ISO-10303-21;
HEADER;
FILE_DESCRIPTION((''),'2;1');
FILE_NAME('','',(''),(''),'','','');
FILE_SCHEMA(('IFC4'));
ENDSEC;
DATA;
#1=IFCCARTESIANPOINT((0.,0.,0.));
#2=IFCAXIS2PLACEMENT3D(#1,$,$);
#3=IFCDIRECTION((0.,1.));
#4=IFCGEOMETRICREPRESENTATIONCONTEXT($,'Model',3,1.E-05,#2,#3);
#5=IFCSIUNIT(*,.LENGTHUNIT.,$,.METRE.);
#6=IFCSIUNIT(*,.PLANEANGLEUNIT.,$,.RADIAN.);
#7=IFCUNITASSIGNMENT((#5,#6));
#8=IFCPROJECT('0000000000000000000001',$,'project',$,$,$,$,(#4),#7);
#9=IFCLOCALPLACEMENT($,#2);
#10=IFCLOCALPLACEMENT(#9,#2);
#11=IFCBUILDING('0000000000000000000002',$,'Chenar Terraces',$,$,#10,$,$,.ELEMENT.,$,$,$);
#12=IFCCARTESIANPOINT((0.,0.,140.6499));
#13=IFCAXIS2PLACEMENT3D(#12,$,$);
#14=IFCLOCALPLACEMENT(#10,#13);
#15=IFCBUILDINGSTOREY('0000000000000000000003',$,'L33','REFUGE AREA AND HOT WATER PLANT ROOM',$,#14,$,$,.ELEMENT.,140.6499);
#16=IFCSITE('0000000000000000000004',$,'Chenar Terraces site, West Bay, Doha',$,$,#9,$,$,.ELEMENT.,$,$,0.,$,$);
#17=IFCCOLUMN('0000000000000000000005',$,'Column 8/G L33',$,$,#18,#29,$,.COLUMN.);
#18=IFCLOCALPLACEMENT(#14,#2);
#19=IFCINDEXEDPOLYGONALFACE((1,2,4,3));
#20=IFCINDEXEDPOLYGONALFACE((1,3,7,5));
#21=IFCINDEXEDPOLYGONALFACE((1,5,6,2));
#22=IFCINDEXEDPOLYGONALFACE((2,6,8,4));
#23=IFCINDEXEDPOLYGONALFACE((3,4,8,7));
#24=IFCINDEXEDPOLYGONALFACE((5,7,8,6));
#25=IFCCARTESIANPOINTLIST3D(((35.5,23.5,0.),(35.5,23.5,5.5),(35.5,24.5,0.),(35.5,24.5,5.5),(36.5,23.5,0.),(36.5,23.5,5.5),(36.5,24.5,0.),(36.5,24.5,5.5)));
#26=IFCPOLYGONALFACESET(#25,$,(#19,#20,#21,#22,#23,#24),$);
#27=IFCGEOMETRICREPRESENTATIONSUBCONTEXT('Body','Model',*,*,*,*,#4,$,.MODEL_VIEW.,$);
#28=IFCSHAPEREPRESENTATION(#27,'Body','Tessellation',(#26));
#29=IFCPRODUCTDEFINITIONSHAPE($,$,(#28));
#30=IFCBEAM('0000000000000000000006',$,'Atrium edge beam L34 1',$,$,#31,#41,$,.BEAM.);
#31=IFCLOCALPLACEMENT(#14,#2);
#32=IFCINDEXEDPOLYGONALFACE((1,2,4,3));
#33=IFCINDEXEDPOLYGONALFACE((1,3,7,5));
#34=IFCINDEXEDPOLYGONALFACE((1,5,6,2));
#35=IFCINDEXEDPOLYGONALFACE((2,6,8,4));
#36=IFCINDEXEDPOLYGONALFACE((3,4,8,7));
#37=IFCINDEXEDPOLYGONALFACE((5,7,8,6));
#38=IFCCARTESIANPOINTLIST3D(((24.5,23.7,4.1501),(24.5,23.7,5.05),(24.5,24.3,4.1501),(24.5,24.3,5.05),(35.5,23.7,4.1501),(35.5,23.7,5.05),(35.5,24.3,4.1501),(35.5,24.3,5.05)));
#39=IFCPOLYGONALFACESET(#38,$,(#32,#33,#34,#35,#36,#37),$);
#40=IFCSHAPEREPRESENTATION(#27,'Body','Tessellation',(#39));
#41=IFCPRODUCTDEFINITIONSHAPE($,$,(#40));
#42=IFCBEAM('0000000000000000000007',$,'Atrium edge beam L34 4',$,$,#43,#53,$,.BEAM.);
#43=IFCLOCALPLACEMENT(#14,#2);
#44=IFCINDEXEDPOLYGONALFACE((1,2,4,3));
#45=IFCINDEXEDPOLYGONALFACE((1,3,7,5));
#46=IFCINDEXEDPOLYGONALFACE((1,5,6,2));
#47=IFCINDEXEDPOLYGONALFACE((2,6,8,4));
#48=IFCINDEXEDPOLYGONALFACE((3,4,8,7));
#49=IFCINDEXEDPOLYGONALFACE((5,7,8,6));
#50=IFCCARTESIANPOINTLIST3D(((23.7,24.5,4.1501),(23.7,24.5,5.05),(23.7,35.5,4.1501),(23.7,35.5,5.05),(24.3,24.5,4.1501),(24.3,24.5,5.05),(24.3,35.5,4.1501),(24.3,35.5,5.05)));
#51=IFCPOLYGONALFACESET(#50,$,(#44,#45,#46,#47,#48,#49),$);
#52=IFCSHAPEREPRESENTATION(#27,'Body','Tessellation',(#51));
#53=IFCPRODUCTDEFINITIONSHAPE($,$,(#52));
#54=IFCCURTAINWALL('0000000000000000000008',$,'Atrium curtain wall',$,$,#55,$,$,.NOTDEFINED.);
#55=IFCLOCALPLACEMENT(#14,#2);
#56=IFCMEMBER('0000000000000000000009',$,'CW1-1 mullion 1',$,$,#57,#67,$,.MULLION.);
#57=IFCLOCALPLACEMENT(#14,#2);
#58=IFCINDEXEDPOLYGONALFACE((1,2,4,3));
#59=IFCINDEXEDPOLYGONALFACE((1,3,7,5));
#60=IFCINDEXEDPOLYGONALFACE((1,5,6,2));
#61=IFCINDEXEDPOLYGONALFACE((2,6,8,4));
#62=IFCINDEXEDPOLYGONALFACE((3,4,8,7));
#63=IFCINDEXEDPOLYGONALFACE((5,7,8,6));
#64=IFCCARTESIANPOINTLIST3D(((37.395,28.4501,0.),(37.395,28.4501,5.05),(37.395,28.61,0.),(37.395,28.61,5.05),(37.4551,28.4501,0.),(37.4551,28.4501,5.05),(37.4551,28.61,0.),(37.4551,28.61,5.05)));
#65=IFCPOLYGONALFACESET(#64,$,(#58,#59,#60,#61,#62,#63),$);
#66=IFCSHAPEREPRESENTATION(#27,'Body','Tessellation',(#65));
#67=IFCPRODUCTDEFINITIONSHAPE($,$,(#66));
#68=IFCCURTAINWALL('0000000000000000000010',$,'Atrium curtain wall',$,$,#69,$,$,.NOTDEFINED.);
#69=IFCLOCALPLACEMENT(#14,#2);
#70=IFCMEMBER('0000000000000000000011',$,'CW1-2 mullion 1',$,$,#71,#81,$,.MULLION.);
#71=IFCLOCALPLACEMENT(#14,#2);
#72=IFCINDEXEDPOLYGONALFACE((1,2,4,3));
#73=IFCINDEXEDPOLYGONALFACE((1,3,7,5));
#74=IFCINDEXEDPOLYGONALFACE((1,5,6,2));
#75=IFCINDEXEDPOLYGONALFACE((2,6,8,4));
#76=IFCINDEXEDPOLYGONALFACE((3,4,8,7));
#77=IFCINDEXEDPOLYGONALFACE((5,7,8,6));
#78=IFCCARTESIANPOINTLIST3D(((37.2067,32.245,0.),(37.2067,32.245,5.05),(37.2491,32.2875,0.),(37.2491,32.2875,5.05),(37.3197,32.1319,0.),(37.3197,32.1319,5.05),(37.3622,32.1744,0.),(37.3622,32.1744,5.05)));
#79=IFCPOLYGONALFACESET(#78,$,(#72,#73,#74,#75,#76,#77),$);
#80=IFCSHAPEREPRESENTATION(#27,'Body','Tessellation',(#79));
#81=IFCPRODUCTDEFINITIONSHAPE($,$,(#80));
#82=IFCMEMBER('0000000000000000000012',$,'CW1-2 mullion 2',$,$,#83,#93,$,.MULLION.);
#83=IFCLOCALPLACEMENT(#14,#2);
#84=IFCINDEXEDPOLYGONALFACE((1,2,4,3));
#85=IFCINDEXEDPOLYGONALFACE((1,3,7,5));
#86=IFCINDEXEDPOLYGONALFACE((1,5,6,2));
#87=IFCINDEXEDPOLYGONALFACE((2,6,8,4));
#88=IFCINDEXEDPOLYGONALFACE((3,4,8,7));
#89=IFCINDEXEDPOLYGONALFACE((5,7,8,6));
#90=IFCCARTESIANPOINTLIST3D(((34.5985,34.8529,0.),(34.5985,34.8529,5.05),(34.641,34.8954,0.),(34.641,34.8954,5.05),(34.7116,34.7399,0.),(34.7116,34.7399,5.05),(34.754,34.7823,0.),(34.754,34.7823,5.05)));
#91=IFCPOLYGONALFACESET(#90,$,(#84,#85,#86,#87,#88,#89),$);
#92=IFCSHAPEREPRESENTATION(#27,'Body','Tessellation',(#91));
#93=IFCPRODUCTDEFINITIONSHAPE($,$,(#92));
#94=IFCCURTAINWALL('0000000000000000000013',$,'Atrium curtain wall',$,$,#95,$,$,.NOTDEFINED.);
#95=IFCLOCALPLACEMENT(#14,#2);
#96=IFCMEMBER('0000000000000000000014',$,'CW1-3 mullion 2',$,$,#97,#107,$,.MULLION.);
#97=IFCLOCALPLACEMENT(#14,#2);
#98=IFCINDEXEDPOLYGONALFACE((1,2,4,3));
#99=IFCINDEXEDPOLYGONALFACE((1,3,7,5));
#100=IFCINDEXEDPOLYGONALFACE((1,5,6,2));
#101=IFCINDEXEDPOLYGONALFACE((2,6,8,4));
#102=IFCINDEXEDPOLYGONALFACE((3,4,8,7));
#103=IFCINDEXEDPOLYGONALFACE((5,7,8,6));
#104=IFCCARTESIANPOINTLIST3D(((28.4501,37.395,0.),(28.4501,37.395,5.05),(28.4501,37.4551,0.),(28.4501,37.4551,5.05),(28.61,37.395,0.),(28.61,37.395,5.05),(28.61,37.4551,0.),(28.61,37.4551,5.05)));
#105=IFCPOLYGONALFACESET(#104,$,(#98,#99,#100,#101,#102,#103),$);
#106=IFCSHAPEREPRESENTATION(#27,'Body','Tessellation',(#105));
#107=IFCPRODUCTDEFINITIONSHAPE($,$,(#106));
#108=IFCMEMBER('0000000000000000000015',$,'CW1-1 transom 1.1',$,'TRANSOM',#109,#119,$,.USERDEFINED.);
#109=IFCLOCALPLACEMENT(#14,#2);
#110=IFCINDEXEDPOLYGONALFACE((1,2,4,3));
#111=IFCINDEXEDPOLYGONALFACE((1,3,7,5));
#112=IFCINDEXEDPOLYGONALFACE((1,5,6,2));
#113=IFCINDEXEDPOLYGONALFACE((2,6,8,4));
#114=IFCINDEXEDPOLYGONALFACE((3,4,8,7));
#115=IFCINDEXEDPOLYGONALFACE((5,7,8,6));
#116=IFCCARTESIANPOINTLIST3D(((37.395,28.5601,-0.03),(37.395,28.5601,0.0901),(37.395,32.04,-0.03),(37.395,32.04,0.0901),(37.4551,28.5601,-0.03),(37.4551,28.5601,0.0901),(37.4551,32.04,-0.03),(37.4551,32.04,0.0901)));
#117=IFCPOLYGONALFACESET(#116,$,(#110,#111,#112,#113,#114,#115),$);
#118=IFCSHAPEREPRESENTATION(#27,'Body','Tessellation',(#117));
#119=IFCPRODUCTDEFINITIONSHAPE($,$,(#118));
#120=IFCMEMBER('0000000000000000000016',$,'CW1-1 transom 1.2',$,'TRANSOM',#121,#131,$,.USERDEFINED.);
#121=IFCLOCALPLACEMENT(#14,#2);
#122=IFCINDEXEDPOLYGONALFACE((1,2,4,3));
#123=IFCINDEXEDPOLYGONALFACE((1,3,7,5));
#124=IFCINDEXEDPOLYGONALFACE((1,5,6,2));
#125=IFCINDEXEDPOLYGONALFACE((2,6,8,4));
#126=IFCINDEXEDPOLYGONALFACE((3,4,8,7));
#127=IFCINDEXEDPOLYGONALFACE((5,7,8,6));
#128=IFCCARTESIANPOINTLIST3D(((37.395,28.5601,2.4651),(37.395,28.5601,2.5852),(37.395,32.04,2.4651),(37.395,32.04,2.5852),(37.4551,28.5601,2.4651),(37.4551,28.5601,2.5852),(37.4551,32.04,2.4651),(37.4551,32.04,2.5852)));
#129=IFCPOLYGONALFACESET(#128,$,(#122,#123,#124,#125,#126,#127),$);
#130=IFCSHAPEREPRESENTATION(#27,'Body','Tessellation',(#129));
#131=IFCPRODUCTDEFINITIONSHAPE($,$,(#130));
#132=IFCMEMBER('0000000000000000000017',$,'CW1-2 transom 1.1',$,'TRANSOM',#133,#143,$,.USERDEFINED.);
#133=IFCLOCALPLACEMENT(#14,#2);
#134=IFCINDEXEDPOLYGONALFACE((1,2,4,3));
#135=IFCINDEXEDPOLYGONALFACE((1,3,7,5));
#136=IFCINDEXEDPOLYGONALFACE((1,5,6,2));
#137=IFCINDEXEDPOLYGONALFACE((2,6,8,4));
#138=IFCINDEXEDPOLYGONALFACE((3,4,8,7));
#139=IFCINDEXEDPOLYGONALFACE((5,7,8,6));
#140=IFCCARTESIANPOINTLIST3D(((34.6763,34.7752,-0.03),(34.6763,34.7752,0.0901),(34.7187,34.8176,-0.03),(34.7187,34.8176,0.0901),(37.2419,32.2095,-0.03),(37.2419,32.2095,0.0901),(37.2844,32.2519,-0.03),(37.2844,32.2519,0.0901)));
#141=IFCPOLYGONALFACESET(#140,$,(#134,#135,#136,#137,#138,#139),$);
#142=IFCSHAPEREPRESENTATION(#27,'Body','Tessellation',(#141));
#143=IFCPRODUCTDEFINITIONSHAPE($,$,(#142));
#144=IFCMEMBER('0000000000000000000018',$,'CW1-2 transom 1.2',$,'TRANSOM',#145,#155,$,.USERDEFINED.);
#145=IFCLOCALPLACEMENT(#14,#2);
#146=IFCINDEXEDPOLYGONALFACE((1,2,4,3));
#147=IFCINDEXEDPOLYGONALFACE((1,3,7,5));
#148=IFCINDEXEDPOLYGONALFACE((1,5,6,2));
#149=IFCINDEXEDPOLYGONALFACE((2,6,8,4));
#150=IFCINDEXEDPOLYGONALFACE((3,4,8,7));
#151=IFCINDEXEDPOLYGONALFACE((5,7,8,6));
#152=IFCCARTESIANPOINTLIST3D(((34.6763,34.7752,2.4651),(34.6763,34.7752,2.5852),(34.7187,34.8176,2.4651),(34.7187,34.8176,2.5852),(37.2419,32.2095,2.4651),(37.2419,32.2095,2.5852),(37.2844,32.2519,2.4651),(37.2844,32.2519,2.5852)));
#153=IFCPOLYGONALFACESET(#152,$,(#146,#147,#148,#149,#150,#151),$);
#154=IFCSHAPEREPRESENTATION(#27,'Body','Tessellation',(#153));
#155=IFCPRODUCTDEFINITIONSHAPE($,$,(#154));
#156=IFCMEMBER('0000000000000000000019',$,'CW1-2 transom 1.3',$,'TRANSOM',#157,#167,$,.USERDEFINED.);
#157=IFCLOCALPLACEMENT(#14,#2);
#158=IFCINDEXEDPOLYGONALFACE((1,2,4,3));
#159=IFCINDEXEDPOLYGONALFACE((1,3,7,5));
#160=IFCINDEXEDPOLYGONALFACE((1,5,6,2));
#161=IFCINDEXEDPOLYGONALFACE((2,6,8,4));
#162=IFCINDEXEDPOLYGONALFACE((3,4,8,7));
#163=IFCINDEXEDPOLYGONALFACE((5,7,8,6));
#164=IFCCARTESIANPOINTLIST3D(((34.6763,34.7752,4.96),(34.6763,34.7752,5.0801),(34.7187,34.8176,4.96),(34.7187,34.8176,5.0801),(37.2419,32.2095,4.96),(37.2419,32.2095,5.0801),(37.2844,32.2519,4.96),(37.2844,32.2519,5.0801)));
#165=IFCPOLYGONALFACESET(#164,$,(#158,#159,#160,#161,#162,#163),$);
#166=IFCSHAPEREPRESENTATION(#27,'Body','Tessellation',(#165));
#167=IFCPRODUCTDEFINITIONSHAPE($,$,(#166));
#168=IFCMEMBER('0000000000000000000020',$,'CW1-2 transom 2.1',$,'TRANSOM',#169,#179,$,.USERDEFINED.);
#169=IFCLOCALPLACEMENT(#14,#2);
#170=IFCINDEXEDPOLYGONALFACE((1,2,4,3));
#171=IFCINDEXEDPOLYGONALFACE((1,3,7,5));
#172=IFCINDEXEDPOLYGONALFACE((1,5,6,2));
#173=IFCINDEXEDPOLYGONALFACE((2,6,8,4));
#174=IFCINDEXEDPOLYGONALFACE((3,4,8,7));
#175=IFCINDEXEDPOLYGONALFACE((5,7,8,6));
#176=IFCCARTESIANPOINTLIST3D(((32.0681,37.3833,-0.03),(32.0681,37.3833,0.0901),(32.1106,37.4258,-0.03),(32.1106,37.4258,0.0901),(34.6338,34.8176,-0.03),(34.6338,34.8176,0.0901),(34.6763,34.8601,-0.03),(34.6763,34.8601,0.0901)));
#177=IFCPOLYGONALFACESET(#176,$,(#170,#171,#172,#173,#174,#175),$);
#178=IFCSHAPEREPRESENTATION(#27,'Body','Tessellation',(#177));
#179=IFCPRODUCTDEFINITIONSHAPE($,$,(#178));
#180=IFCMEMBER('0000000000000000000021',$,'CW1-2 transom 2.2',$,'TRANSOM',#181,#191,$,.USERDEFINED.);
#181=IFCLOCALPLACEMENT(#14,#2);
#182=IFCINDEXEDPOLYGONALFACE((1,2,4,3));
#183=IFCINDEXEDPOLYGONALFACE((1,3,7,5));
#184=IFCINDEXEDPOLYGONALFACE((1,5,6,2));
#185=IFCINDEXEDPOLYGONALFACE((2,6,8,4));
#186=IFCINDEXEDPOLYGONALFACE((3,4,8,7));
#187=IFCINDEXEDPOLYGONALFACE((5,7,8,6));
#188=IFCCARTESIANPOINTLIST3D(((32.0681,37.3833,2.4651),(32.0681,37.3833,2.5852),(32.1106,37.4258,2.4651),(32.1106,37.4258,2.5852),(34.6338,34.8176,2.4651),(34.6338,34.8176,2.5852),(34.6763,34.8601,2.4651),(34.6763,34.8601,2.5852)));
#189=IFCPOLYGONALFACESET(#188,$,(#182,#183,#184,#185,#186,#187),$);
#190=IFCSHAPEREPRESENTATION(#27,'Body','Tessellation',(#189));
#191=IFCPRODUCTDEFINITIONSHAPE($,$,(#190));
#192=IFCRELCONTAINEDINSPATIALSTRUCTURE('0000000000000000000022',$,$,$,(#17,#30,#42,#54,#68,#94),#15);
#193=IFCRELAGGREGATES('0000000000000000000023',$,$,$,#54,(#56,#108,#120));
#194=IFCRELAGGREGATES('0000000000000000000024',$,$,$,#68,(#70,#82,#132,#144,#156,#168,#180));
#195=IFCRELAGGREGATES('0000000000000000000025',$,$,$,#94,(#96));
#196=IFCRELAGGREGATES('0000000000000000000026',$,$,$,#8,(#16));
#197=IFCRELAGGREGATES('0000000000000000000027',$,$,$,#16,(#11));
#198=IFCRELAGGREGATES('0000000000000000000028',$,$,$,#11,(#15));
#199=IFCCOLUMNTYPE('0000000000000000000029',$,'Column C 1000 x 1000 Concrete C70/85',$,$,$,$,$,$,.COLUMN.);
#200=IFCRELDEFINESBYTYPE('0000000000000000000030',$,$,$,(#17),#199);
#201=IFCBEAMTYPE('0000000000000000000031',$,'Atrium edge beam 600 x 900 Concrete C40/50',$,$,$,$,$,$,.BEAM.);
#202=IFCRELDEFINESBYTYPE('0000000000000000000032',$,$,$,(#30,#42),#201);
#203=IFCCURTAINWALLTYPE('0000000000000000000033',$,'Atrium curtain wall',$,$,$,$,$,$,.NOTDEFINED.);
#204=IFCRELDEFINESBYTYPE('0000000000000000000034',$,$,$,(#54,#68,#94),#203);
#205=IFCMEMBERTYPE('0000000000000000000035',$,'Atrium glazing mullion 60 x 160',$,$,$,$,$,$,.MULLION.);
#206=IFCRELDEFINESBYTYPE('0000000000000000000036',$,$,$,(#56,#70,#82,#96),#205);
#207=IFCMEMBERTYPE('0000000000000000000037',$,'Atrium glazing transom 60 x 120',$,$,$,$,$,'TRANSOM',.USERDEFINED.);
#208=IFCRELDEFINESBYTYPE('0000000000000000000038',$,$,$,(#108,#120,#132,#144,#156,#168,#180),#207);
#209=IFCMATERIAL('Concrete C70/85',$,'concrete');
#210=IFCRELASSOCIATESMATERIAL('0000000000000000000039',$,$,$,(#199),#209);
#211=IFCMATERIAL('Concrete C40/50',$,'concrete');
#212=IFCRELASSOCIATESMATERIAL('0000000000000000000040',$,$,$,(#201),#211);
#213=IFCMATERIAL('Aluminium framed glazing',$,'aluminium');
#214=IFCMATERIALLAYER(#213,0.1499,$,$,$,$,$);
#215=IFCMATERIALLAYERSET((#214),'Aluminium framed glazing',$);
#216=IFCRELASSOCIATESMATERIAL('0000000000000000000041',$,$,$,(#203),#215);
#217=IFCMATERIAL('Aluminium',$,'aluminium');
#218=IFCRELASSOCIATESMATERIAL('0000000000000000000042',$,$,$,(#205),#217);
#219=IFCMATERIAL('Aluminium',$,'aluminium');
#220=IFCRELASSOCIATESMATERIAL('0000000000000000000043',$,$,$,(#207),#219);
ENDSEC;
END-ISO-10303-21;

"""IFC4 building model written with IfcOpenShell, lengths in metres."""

from ifc_helpers import new_model, si_unit, direction, frame, origin, origin_2d, place, context, subcontext, project, spatial, rectangle, extrude, material, layer, layer_set, material_profile, profile_set, type_object, element, aggregate, save


model = new_model("IFC4")

# Units and contexts
model_context = context("Model", 3, precision=1e-05, world=origin(), true_north=direction((0.0, 1.0)))
body_context = subcontext(model_context, "Body", "Model", "MODEL_VIEW")
ifc_project = project(units=[si_unit("LENGTHUNIT", "METRE"), si_unit("PLANEANGLEUNIT", "RADIAN")], contexts=[model_context])

# Site, building, storey
site_placement = place(None, origin())
site = spatial("IfcSite", under=ifc_project, at=site_placement, Name="Chenar Terraces site, West Bay, Doha", CompositionType="ELEMENT", RefElevation=0.0)
building_placement = place(site_placement, origin())
building = spatial("IfcBuilding", under=site, at=building_placement, Name="Chenar Terraces", CompositionType="ELEMENT")
storey_placement = place(building_placement, frame((0.0, 0.0, 140.6499)))
storey = spatial("IfcBuildingStorey", under=building, at=storey_placement, Name="L33", Description="REFUGE AREA AND HOT WATER PLANT ROOM", CompositionType="ELEMENT", Elevation=140.6499)

# Column
ifc_material_1 = material(Name="Concrete C70/85", Category="concrete")
ifc_material_profile_1 = material_profile(ifc_material_1, rectangle(XDim=1.0, YDim=1.0, at=origin_2d()), Name="C 1000 x 1000")
ifc_profile_set_1 = profile_set([ifc_material_profile_1], Name="Concrete C70/85")
column_type = type_object("IfcColumnType", Name="Column C 1000 x 1000 Concrete C70/85", PredefinedType="COLUMN", material=ifc_profile_set_1)
column_placement = place(storey_placement, frame((36.0, 24.0, 0.0), z_axis=(0.0, 0.0, 1.0), x_axis=(1.0, 0.0, 0.0)))
element("IfcColumn", 1, at=column_placement, inside=storey, type_object=column_type, Name="Column 8/G L33", PredefinedType="COLUMN", context=body_context, shape_type="SweptSolid", body=[
    extrude(rectangle(XDim=1.0, YDim=1.0, at=origin_2d()), origin(), (0.0, 0.0, 1.0), 5.5),
])

# Beams
ifc_material_2 = material(Name="Concrete C40/50", Category="concrete")
ifc_material_profile_2 = material_profile(ifc_material_2, rectangle(XDim=0.6001, YDim=0.8999, at=origin_2d()), Name="RC 600 x 900")
ifc_profile_set_2 = profile_set([ifc_material_profile_2], Name="Concrete C40/50")
beam_type = type_object("IfcBeamType", Name="Atrium edge beam 600 x 900 Concrete C40/50", PredefinedType="BEAM", material=ifc_profile_set_2)
for number, where, z_axis, x_axis, name in (
    (2, (24.5, 24.0, 4.6001), (1.0, 0.0, 0.0), (0.0, 1.0, 0.0), "Atrium edge beam L34 1"),
    (3, (24.0, 35.5, 4.6001), (0.0, -1.0, 0.0), (1.0, 0.0, 0.0), "Atrium edge beam L34 4"),
):
    element("IfcBeam", number, at=place(storey_placement, frame(where, z_axis=z_axis, x_axis=x_axis)), inside=storey, type_object=beam_type, Name=name, PredefinedType="BEAM", context=body_context, shape_type="SweptSolid", body=[
        extrude(rectangle(XDim=0.6001, YDim=0.8999, at=origin_2d()), origin(), (0.0, 0.0, 1.0), 11.0),
    ])

# Curtain wall, member
ifc_material_3 = material(Name="Aluminium framed glazing", Category="aluminium")
ifc_layer_1 = layer(ifc_material_3, 0.1499)
ifc_layer_set_1 = layer_set([ifc_layer_1], Name="Aluminium framed glazing")
curtain_wall_type = type_object("IfcCurtainWallType", Name="Atrium curtain wall", PredefinedType="NOTDEFINED", material=ifc_layer_set_1)
placement = place(storey_placement, origin())
curtain_wall_1 = element("IfcCurtainWall", 4, at=placement, inside=storey, type_object=curtain_wall_type, Name="Atrium curtain wall", PredefinedType="NOTDEFINED")
ifc_material_4 = material(Name="Aluminium", Category="aluminium")
ifc_material_profile_3 = material_profile(ifc_material_4, rectangle(XDim=0.0601, YDim=0.1599, at=origin_2d()), Name="Atrium glazing mullion 60 x 160")
ifc_profile_set_3 = profile_set([ifc_material_profile_3], Name="Aluminium")
member_type_1 = type_object("IfcMemberType", Name="Atrium glazing mullion 60 x 160", PredefinedType="MULLION", material=ifc_profile_set_3)
member_1_placement = place(storey_placement, frame((37.425, 28.53, 0.0), z_axis=(0.0, 0.0, 1.0), x_axis=(-1.0, 0.0, 0.0)))
member_1 = element("IfcMember", 5, at=member_1_placement, type_object=member_type_1, Name="CW1-1 mullion 1", PredefinedType="MULLION", context=body_context, shape_type="SweptSolid", body=[
    extrude(rectangle(XDim=0.0601, YDim=0.1599, at=origin_2d()), origin(), (0.0, 0.0, 1.0), 5.05),
])

# Curtain wall, members
curtain_wall_2 = element("IfcCurtainWall", 6, at=placement, inside=storey, type_object=curtain_wall_type, Name="Atrium curtain wall", PredefinedType="NOTDEFINED")
member_2_placement = place(storey_placement, frame((37.2844, 32.2097, 0.0), z_axis=(0.0, 0.0, 1.0), x_axis=(-0.707107, -0.707107, 0.0)))
member_2 = element("IfcMember", 7, at=member_2_placement, type_object=member_type_1, Name="CW1-2 mullion 1", PredefinedType="MULLION", context=body_context, shape_type="SweptSolid", body=[
    extrude(rectangle(XDim=0.0601, YDim=0.1599, at=origin_2d()), origin(), (0.0, 0.0, 1.0), 5.05),
])
member_3_placement = place(storey_placement, frame((34.6763, 34.8176, 0.0), z_axis=(0.0, 0.0, 1.0), x_axis=(-0.707107, -0.707107, 0.0)))
member_3 = element("IfcMember", 8, at=member_3_placement, type_object=member_type_1, Name="CW1-2 mullion 2", PredefinedType="MULLION", context=body_context, shape_type="SweptSolid", body=[
    extrude(rectangle(XDim=0.0601, YDim=0.1599, at=origin_2d()), origin(), (0.0, 0.0, 1.0), 5.05),
])

# Curtain wall, member
curtain_wall_3 = element("IfcCurtainWall", 9, at=placement, inside=storey, type_object=curtain_wall_type, Name="Atrium curtain wall", PredefinedType="NOTDEFINED")
member_4_placement = place(storey_placement, frame((28.53, 37.425, 0.0), z_axis=(0.0, 0.0, 1.0), x_axis=(0.0, -1.0, 0.0)))
member_4 = element("IfcMember", 10, at=member_4_placement, type_object=member_type_1, Name="CW1-3 mullion 2", PredefinedType="MULLION", context=body_context, shape_type="SweptSolid", body=[
    extrude(rectangle(XDim=0.0601, YDim=0.1599, at=origin_2d()), origin(), (0.0, 0.0, 1.0), 5.05),
])

# Members
ifc_material_5 = material(Name="Aluminium", Category="aluminium")
ifc_material_profile_4 = material_profile(ifc_material_5, rectangle(XDim=0.0601, YDim=0.1201, at=origin_2d()), Name="Atrium glazing transom 60 x 120")
ifc_profile_set_4 = profile_set([ifc_material_profile_4], Name="Aluminium")
member_type_2 = type_object("IfcMemberType", Name="Atrium glazing transom 60 x 120", ElementType="TRANSOM", PredefinedType="USERDEFINED", material=ifc_profile_set_4)
member_5_placement = place(storey_placement, frame((37.425, 28.5601, 0.03), z_axis=(0.0, 1.0, 0.0), x_axis=(-1.0, 0.0, 0.0)))
member_5 = element("IfcMember", 11, at=member_5_placement, type_object=member_type_2, Name="CW1-1 transom 1.1", ObjectType="TRANSOM", PredefinedType="USERDEFINED", context=body_context, shape_type="SweptSolid", body=[
    extrude(rectangle(XDim=0.0601, YDim=0.1201, at=origin_2d()), origin(), (0.0, 0.0, 1.0), 3.48),
])
member_6_placement = place(storey_placement, frame((37.425, 28.5601, 2.5251), z_axis=(0.0, 1.0, 0.0), x_axis=(-1.0, 0.0, 0.0)))
member_6 = element("IfcMember", 12, at=member_6_placement, type_object=member_type_2, Name="CW1-1 transom 1.2", ObjectType="TRANSOM", PredefinedType="USERDEFINED", context=body_context, shape_type="SweptSolid", body=[
    extrude(rectangle(XDim=0.0601, YDim=0.1201, at=origin_2d()), origin(), (0.0, 0.0, 1.0), 3.48),
])
aggregate(curtain_wall_1, [member_1, member_5, member_6])
member_7_placement = place(storey_placement, frame((37.2632, 32.2307, 0.03), z_axis=(-0.707107, 0.707107, 0.0), x_axis=(-0.707107, -0.707107, 0.0)))
member_7 = element("IfcMember", 13, at=member_7_placement, type_object=member_type_2, Name="CW1-2 transom 1.1", ObjectType="TRANSOM", PredefinedType="USERDEFINED", context=body_context, shape_type="SweptSolid", body=[
    extrude(rectangle(XDim=0.0601, YDim=0.1201, at=origin_2d()), origin(), (0.0, 0.0, 1.0), 3.6284),
])
member_8_placement = place(storey_placement, frame((37.2632, 32.2307, 2.5251), z_axis=(-0.707107, 0.707107, 0.0), x_axis=(-0.707107, -0.707107, 0.0)))
member_8 = element("IfcMember", 14, at=member_8_placement, type_object=member_type_2, Name="CW1-2 transom 1.2", ObjectType="TRANSOM", PredefinedType="USERDEFINED", context=body_context, shape_type="SweptSolid", body=[
    extrude(rectangle(XDim=0.0601, YDim=0.1201, at=origin_2d()), origin(), (0.0, 0.0, 1.0), 3.6284),
])
member_9_placement = place(storey_placement, frame((37.2632, 32.2307, 5.02), z_axis=(-0.707107, 0.707107, 0.0), x_axis=(-0.707107, -0.707107, 0.0)))
member_9 = element("IfcMember", 15, at=member_9_placement, type_object=member_type_2, Name="CW1-2 transom 1.3", ObjectType="TRANSOM", PredefinedType="USERDEFINED", context=body_context, shape_type="SweptSolid", body=[
    extrude(rectangle(XDim=0.0601, YDim=0.1201, at=origin_2d()), origin(), (0.0, 0.0, 1.0), 3.6284),
])
member_10_placement = place(storey_placement, frame((34.655, 34.8389, 0.03), z_axis=(-0.707107, 0.707107, 0.0), x_axis=(-0.707107, -0.707107, 0.0)))
member_10 = element("IfcMember", 16, at=member_10_placement, type_object=member_type_2, Name="CW1-2 transom 2.1", ObjectType="TRANSOM", PredefinedType="USERDEFINED", context=body_context, shape_type="SweptSolid", body=[
    extrude(rectangle(XDim=0.0601, YDim=0.1201, at=origin_2d()), origin(), (0.0, 0.0, 1.0), 3.6284),
])
member_11_placement = place(storey_placement, frame((34.655, 34.8389, 2.5251), z_axis=(-0.707107, 0.707107, 0.0), x_axis=(-0.707107, -0.707107, 0.0)))
member_11 = element("IfcMember", 17, at=member_11_placement, type_object=member_type_2, Name="CW1-2 transom 2.2", ObjectType="TRANSOM", PredefinedType="USERDEFINED", context=body_context, shape_type="SweptSolid", body=[
    extrude(rectangle(XDim=0.0601, YDim=0.1201, at=origin_2d()), origin(), (0.0, 0.0, 1.0), 3.6284),
])

aggregate(curtain_wall_2, [member_2, member_3, member_7, member_8, member_9, member_10, member_11])
aggregate(curtain_wall_3, [member_4])

save(model, "model.ifc")
